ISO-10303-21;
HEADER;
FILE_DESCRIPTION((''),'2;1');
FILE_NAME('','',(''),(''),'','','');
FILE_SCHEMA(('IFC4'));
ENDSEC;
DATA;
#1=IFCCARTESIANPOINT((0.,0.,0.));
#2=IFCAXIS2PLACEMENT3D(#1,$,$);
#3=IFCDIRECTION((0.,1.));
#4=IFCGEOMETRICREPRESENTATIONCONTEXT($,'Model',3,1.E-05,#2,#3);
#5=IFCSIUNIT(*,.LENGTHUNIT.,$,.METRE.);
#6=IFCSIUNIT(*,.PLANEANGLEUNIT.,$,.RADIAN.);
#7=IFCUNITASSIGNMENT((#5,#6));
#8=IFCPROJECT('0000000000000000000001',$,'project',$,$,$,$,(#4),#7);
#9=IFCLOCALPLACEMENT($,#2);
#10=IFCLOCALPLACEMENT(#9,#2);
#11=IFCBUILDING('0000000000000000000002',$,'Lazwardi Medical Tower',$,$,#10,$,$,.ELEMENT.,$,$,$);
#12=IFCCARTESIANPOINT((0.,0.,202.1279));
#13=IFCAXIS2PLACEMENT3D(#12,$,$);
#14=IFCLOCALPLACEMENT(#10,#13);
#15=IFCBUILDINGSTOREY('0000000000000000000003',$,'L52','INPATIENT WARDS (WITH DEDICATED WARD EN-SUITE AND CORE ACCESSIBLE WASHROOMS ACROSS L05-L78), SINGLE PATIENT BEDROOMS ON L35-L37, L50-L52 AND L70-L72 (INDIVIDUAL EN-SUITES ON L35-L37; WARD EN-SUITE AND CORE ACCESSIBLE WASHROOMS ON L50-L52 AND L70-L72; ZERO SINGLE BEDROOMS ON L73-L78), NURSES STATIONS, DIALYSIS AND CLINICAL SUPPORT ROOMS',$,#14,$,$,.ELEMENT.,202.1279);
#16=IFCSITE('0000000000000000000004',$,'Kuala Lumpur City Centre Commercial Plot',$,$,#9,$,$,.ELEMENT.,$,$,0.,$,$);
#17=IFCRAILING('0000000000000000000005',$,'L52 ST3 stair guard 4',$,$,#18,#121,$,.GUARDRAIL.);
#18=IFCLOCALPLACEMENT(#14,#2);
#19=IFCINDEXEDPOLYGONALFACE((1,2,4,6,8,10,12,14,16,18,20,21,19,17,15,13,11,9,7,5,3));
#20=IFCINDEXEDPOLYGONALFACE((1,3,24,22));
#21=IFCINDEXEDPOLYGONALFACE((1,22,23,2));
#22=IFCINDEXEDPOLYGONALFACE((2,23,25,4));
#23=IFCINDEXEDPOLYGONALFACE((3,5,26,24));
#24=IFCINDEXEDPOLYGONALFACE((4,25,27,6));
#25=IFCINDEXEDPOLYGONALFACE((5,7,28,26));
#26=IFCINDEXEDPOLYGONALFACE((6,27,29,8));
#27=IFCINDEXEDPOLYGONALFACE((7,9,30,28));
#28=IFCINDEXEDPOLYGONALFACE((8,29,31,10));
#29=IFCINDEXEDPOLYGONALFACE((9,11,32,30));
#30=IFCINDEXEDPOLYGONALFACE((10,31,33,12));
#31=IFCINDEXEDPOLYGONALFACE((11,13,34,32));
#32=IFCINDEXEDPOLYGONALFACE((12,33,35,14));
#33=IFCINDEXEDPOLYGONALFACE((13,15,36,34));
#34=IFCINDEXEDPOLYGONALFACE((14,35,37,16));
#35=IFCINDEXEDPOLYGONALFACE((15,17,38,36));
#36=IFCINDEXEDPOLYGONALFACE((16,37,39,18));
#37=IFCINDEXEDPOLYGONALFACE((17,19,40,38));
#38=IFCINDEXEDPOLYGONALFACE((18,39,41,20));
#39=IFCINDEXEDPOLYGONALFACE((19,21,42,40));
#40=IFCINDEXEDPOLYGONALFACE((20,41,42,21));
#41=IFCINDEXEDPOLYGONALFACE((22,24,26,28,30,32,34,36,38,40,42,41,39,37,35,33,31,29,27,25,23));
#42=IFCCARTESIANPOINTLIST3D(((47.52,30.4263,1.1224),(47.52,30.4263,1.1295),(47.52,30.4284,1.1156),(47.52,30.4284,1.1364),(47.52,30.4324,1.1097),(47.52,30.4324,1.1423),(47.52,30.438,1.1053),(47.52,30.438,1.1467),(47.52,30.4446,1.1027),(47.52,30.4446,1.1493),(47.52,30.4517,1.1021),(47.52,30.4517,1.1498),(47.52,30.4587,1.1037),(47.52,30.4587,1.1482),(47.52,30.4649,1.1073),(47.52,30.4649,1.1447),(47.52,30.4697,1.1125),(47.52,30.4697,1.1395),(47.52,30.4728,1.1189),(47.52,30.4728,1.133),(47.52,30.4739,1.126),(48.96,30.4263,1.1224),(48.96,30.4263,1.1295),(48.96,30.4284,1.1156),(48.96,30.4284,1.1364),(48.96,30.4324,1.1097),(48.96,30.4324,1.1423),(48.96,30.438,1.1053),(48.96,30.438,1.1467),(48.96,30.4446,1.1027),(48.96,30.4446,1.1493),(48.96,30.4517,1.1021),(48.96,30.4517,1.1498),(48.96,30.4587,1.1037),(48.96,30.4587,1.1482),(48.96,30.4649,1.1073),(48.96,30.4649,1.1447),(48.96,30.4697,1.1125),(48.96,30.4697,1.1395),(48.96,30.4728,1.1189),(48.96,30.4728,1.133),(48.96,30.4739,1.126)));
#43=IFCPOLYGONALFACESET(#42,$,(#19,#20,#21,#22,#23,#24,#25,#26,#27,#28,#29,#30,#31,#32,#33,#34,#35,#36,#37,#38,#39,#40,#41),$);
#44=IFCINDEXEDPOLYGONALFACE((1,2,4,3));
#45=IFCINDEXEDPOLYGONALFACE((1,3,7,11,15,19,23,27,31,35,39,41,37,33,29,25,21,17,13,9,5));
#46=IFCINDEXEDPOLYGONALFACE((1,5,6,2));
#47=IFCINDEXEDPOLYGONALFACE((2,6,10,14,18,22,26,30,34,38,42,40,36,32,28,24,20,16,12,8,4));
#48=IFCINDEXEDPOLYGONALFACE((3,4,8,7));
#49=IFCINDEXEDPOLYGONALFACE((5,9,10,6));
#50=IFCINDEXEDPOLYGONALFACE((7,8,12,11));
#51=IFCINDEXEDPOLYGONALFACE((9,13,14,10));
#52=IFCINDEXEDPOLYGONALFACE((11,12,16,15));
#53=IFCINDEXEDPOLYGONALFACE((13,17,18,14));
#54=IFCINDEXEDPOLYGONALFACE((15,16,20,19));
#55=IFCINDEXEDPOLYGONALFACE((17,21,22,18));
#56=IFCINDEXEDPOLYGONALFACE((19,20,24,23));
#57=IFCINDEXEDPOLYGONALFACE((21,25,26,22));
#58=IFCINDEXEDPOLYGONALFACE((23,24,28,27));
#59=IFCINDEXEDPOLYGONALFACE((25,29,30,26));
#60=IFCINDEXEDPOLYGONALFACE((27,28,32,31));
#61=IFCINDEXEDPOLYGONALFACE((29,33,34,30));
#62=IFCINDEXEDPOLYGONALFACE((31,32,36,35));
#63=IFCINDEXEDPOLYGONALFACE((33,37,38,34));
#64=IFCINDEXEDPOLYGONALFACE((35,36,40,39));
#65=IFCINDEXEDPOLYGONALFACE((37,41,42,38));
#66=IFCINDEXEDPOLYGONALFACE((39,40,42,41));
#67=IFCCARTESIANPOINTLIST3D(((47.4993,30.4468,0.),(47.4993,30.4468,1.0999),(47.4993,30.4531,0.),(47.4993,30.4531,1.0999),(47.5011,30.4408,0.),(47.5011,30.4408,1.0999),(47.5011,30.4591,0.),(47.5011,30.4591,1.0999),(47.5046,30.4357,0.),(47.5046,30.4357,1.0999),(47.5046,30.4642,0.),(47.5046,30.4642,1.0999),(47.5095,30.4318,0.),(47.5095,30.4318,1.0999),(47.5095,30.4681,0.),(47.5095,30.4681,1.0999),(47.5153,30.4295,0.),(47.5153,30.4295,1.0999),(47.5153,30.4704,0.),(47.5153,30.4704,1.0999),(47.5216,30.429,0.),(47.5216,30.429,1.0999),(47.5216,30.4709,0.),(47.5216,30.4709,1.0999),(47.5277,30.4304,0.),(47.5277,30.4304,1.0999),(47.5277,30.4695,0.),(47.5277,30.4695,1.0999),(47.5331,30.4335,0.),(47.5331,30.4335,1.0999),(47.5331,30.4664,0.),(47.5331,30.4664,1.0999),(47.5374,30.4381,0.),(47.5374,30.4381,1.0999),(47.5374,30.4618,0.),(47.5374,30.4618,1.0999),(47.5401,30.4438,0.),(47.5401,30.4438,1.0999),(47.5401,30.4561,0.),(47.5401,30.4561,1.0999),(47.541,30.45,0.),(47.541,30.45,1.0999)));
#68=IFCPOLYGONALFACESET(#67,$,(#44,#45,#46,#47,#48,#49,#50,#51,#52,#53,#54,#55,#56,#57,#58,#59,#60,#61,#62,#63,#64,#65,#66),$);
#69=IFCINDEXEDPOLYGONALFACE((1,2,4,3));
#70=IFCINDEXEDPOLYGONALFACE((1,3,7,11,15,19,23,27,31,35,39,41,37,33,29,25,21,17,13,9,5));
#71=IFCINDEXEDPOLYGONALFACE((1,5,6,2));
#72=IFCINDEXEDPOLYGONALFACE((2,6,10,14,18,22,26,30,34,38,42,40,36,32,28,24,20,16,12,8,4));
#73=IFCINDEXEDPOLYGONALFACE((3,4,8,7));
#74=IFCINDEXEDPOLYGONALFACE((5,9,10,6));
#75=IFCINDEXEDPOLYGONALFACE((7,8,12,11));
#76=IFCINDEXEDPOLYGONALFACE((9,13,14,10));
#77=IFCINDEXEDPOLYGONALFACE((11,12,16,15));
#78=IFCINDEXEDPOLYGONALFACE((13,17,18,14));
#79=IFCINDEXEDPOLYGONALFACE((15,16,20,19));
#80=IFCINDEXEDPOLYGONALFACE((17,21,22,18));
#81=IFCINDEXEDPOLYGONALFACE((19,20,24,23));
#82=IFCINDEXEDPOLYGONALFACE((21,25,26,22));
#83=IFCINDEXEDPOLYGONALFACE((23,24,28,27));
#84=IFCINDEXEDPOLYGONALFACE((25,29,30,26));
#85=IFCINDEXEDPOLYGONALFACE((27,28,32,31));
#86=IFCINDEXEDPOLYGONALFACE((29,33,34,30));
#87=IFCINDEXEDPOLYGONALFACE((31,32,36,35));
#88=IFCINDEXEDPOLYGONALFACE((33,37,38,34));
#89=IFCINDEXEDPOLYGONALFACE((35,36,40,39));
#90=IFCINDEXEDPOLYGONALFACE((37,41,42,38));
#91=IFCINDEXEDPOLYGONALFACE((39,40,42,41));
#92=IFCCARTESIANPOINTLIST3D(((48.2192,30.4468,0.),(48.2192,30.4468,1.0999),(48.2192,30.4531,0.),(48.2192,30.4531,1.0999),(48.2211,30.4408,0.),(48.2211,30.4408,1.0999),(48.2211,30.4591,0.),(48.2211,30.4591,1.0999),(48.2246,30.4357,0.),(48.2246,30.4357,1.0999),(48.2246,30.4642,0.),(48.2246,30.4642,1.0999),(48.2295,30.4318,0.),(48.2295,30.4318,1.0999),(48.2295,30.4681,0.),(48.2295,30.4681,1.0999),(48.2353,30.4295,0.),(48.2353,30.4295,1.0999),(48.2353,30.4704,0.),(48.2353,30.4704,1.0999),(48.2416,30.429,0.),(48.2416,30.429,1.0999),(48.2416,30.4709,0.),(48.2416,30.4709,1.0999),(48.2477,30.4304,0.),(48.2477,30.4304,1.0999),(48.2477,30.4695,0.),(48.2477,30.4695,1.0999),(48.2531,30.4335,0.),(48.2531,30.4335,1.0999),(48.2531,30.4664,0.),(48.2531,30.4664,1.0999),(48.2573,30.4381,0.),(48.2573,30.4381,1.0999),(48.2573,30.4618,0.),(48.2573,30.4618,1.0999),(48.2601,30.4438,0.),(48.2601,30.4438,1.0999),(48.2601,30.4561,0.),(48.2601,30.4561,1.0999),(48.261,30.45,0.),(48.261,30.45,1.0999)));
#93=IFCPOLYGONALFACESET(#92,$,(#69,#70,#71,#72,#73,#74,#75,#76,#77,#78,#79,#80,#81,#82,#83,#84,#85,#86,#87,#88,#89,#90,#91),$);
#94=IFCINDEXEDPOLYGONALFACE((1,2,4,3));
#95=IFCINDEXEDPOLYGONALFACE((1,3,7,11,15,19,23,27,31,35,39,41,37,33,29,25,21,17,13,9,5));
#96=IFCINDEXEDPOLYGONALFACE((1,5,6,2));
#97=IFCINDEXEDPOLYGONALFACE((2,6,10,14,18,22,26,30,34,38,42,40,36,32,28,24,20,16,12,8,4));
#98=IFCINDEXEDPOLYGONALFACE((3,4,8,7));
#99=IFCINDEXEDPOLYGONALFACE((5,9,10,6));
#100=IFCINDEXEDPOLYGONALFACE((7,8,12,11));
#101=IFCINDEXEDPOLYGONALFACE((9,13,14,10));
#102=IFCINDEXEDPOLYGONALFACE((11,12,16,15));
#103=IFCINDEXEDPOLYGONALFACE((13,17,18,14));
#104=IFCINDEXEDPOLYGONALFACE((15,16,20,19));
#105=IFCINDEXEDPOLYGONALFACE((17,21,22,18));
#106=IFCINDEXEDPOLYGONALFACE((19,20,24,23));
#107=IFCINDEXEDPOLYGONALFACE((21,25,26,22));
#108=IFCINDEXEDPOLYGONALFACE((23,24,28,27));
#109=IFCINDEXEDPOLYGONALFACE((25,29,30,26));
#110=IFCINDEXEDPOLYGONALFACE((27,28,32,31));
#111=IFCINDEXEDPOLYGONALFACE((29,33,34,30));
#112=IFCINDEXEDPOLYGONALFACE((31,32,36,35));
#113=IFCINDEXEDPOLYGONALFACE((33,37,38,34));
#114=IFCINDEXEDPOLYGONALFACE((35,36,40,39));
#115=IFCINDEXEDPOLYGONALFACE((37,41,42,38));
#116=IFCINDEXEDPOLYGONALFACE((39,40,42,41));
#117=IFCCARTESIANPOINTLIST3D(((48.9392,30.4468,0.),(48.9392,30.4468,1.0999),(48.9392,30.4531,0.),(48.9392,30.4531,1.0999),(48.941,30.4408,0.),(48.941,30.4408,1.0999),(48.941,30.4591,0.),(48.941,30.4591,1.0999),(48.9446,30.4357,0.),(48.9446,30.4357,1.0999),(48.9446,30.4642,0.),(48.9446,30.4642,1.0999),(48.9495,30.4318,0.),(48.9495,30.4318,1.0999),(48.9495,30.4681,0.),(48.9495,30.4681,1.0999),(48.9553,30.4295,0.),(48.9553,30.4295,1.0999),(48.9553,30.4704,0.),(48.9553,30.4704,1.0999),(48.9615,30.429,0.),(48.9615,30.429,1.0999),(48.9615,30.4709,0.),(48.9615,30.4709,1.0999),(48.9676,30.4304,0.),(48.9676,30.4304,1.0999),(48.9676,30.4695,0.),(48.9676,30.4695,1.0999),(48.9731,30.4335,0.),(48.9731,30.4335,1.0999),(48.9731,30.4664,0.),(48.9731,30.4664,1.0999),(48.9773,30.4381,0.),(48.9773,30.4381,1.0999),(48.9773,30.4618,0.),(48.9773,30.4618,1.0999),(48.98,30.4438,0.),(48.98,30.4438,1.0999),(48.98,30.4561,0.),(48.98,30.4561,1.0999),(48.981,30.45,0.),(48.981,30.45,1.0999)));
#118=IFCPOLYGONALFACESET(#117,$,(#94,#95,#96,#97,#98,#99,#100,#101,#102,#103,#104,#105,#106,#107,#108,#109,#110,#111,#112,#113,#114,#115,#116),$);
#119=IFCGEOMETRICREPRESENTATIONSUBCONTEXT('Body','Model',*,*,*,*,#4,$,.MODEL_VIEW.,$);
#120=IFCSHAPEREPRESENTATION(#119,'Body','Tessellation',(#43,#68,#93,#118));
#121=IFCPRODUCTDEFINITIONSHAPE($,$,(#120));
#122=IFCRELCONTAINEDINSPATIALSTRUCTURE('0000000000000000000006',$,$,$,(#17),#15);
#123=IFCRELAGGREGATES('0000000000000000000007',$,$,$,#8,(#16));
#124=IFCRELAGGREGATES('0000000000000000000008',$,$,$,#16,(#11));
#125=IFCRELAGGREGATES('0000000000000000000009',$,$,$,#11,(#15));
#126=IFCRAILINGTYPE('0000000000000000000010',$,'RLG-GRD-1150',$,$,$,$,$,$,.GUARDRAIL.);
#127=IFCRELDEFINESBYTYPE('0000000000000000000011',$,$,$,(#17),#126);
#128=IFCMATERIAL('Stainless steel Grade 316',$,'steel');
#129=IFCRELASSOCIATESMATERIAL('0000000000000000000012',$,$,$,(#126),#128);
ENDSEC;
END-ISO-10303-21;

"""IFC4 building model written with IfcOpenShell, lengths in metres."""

from ifc_helpers import new_model, si_unit, direction, frame, origin, origin_2d, place, context, subcontext, project, spatial, circle, extrude, material, type_object, element, save


model = new_model("IFC4")

# Units and contexts
model_context = context("Model", 3, precision=1e-05, world=origin(), true_north=direction((0.0, 1.0)))
body_context = subcontext(model_context, "Body", "Model", "MODEL_VIEW")
ifc_project = project(units=[si_unit("LENGTHUNIT", "METRE"), si_unit("PLANEANGLEUNIT", "RADIAN")], contexts=[model_context])

# Site, building, storey
site_placement = place(None, origin())
site = spatial("IfcSite", under=ifc_project, at=site_placement, Name="Kuala Lumpur City Centre Commercial Plot", CompositionType="ELEMENT", RefElevation=0.0)
building_placement = place(site_placement, origin())
building = spatial("IfcBuilding", under=site, at=building_placement, Name="Lazwardi Medical Tower", CompositionType="ELEMENT")
storey_placement = place(building_placement, frame((0.0, 0.0, 202.1279)))
storey = spatial("IfcBuildingStorey", under=building, at=storey_placement, Name="L52", Description="INPATIENT WARDS (WITH DEDICATED WARD EN-SUITE AND CORE ACCESSIBLE WASHROOMS ACROSS L05-L78), SINGLE PATIENT BEDROOMS ON L35-L37, L50-L52 AND L70-L72 (INDIVIDUAL EN-SUITES ON L35-L37; WARD EN-SUITE AND CORE ACCESSIBLE WASHROOMS ON L50-L52 AND L70-L72; ZERO SINGLE BEDROOMS ON L73-L78), NURSES STATIONS, DIALYSIS AND CLINICAL SUPPORT ROOMS", CompositionType="ELEMENT", Elevation=202.1279)

# Railing
ifc_material_1 = material(Name="Stainless steel Grade 316", Category="steel")
railing_type = type_object("IfcRailingType", Name="RLG-GRD-1150", PredefinedType="GUARDRAIL", material=ifc_material_1)
railing_1_placement = place(storey_placement, frame((47.52, 30.45, 0.0)))
element("IfcRailing", 1, at=railing_1_placement, inside=storey, type_object=railing_type, Name="L52 ST3 stair guard 4", PredefinedType="GUARDRAIL", context=body_context, shape_type="SweptSolid", body=[
    extrude(circle(Radius=0.0239, at=origin_2d()), frame((0.0, 0.0, 1.126), z_axis=(1.0, 0.0, 0.0), x_axis=(0.0, 1.0, 0.0)), (0.0, 0.0, 1.0), 1.4399),
    extrude(circle(Radius=0.021, at=origin_2d()), origin(), (0.0, 0.0, 1.0), 1.0999),
    extrude(circle(Radius=0.021, at=origin_2d()), frame((0.72, 0.0, 0.0)), (0.0, 0.0, 1.0), 1.0999),
    extrude(circle(Radius=0.021, at=origin_2d()), frame((1.4399, 0.0, 0.0)), (0.0, 0.0, 1.0), 1.0999),
])

save(model, "model.ifc")
